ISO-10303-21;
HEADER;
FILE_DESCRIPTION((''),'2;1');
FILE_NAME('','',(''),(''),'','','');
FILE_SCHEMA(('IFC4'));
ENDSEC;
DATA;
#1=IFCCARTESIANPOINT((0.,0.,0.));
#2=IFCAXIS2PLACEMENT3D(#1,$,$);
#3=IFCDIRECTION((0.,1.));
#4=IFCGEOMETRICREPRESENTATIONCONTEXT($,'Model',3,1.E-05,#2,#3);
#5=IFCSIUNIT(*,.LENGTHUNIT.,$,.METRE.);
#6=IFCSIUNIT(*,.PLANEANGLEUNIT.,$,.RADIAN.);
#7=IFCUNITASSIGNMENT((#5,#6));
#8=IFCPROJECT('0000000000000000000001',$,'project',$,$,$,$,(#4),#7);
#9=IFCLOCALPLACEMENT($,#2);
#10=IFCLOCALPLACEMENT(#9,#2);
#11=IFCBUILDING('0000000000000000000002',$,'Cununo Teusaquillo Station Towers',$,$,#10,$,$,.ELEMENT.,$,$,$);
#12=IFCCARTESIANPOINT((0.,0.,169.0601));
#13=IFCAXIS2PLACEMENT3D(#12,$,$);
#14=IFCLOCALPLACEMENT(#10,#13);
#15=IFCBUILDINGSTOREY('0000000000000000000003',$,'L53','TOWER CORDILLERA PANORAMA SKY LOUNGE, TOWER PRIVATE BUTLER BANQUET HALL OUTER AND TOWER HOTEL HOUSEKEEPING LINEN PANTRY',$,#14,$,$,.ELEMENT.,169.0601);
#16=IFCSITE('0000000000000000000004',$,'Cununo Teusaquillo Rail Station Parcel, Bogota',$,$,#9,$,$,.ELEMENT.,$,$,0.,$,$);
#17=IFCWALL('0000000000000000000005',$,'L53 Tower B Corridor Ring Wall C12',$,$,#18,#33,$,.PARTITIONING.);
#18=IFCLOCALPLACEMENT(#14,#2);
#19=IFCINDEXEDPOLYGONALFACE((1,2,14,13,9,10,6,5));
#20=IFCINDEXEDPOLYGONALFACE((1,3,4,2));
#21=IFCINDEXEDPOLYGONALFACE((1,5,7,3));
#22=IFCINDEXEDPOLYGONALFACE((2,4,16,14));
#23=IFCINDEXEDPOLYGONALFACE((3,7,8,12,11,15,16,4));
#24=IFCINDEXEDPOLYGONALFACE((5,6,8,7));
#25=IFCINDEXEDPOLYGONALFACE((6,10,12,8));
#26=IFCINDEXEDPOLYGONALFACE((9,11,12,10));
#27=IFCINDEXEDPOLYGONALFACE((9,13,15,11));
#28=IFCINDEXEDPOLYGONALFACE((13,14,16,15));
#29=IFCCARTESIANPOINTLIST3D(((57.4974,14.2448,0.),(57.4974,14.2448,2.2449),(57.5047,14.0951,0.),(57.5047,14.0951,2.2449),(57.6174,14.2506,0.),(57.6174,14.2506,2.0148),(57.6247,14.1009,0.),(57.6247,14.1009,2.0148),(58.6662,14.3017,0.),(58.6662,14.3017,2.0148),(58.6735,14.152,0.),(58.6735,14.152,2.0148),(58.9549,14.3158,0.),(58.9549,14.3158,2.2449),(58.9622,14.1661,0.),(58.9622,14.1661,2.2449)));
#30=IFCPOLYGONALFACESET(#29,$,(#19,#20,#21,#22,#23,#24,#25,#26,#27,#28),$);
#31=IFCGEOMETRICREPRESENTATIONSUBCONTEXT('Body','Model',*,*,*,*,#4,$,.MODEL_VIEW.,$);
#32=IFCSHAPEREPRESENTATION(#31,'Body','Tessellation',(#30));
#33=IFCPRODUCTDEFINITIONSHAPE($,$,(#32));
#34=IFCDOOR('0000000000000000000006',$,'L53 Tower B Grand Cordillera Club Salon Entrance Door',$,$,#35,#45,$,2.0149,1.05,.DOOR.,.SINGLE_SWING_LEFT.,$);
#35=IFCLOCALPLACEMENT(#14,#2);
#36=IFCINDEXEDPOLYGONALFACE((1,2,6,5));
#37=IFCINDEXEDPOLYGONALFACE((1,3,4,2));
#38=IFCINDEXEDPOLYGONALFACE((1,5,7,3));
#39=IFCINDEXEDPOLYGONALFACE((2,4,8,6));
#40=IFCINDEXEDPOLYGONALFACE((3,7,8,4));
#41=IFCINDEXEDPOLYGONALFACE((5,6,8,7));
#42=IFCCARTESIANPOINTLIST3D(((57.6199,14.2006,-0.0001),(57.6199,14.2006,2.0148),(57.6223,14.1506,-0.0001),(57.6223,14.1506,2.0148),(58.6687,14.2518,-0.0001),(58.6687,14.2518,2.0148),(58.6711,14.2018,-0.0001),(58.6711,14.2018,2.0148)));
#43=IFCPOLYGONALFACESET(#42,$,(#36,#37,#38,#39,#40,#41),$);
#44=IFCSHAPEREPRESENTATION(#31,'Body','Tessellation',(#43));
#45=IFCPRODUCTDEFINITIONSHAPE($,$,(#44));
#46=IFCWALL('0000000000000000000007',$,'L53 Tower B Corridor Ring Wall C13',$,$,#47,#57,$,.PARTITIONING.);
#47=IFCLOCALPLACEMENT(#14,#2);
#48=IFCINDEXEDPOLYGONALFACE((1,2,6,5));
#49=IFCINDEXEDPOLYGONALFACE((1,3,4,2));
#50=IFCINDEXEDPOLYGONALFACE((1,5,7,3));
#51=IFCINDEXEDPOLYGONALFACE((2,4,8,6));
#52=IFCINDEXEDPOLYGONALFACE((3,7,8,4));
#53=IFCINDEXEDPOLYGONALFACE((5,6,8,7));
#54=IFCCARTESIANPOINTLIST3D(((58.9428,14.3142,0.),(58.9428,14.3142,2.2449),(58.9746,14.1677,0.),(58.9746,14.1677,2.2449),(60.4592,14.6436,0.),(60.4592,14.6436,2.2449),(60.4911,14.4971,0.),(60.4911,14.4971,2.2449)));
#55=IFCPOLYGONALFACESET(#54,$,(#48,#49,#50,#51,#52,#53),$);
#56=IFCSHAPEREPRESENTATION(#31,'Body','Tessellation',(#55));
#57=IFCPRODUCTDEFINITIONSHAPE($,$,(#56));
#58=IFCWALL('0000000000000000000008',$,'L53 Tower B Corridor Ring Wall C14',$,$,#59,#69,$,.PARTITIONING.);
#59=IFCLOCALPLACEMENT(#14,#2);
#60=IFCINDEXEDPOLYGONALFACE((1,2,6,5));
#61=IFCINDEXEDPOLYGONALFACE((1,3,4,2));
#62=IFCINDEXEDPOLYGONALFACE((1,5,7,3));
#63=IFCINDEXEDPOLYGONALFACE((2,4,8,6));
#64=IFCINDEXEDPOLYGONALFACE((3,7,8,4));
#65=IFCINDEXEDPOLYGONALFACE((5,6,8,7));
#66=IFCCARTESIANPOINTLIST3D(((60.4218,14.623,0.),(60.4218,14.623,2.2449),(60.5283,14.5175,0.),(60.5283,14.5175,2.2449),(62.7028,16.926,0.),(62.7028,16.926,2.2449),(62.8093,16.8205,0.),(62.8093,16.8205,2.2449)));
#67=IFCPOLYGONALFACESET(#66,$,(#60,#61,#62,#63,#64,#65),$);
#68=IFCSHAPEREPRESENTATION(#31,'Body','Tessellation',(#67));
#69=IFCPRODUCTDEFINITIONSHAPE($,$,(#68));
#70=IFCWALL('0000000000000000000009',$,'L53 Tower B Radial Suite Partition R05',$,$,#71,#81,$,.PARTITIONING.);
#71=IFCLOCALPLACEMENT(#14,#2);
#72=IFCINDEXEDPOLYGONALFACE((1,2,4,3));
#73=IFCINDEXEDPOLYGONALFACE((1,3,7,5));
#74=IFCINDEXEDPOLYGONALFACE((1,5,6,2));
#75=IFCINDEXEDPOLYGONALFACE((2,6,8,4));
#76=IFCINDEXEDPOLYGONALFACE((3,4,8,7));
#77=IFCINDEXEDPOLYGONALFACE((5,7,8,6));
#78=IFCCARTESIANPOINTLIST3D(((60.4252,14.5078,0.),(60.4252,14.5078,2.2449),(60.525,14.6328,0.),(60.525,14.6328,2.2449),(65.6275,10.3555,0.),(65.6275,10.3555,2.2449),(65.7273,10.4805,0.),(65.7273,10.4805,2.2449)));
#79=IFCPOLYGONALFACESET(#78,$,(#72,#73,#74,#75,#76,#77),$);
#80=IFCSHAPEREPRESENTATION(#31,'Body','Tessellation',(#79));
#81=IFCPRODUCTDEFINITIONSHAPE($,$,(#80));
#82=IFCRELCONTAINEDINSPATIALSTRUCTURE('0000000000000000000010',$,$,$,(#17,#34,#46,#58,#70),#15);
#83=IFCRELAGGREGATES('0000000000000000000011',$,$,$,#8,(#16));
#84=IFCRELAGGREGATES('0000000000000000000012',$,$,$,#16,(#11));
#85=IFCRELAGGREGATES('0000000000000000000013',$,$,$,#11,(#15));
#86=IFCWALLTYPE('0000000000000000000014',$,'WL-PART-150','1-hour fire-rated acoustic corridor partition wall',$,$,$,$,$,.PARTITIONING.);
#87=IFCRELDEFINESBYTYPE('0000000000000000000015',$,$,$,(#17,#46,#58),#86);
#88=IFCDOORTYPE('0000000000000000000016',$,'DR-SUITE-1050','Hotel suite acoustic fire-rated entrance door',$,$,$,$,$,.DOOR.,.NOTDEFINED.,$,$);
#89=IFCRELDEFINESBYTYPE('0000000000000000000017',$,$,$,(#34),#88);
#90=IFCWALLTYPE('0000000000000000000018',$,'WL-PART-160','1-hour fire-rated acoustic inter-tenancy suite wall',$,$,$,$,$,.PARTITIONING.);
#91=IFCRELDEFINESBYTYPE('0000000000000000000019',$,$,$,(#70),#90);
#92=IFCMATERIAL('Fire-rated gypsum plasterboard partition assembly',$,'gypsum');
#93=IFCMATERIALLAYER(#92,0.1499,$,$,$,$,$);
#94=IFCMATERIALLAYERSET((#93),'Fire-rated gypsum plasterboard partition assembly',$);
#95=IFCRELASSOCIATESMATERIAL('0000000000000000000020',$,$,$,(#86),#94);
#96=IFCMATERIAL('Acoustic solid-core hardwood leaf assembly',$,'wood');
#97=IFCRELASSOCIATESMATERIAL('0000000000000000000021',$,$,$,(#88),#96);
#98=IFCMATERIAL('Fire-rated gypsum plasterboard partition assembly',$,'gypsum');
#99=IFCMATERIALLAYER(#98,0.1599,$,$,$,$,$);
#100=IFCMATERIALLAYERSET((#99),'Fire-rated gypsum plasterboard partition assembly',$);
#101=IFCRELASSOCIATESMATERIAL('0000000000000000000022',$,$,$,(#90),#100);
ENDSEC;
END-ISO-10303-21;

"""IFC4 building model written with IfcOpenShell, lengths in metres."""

from ifc_helpers import new_model, si_unit, direction, frame, frame_2d, origin, place, context, subcontext, project, spatial, rectangle, extrude, source, transform, mapped, material, layer, layer_set, type_object, element, fill, save


model = new_model("IFC4")

# Units and contexts
model_context = context("Model", 3, precision=1e-05, world=origin(), true_north=direction((0.0, 1.0)))
body_context = subcontext(model_context, "Body", "Model", "MODEL_VIEW")
ifc_project = project(units=[si_unit("LENGTHUNIT", "METRE"), si_unit("PLANEANGLEUNIT", "RADIAN")], contexts=[model_context])

# Site, building, storey
site_placement = place(None, origin())
site = spatial("IfcSite", under=ifc_project, at=site_placement, Name="Cununo Teusaquillo Rail Station Parcel, Bogota", CompositionType="ELEMENT", RefElevation=0.0)
building_placement = place(site_placement, origin())
building = spatial("IfcBuilding", under=site, at=building_placement, Name="Cununo Teusaquillo Station Towers", CompositionType="ELEMENT")
storey_placement = place(building_placement, frame((0.0, 0.0, 169.0601)))
storey = spatial("IfcBuildingStorey", under=building, at=storey_placement, Name="L53", Description="TOWER CORDILLERA PANORAMA SKY LOUNGE, TOWER PRIVATE BUTLER BANQUET HALL OUTER AND TOWER HOTEL HOUSEKEEPING LINEN PANTRY", CompositionType="ELEMENT", Elevation=169.0601)

# Wall, opening, door
ifc_material_1 = material(Name="Fire-rated gypsum plasterboard partition assembly", Category="gypsum")
ifc_layer_1 = layer(ifc_material_1, 0.1499)
ifc_layer_set_1 = layer_set([ifc_layer_1], Name="Fire-rated gypsum plasterboard partition assembly")
wall_type_1 = type_object("IfcWallType", Name="WL-PART-150", Description="1-hour fire-rated acoustic corridor partition wall", PredefinedType="PARTITIONING", material=ifc_layer_set_1)
wall_1_placement = place(storey_placement, frame((57.5012, 14.1699, 0.0), z_axis=(0.0, 0.0, 1.0), x_axis=(0.998814, 0.048686, 0.0)))
wall_1 = element("IfcWall", 1, at=wall_1_placement, inside=storey, type_object=wall_type_1, Name="L53 Tower B Corridor Ring Wall C12", PredefinedType="PARTITIONING", context=body_context, shape_type="SweptSolid", body=[
    extrude(rectangle(XDim=1.4592, YDim=0.1499, at=frame_2d((0.7295, 0.0))), origin(), (0.0, 0.0, 1.0), 2.2449),
])
shared_shape_1 = source(origin(), body_context, "Body", "SweptSolid", [
    extrude(rectangle(XDim=1.05, YDim=2.0149, at=frame_2d((0.5249, 1.0073))), frame((0.0, 0.085, 0.0), z_axis=(0.0, -1.0, 0.0), x_axis=(1.0, 0.0, 0.0)), (0.0, 0.0, 1.0), 0.1699),
])
opening_1_placement = place(wall_1_placement, frame((0.1201, 0.0, 0.0)))
opening_1 = element("IfcOpeningElement", 2, at=opening_1_placement, cuts=wall_1, PredefinedType="OPENING", context=body_context, shape_type="MappedRepresentation", body=[
    mapped(shared_shape_1, transform((0.0, 0.0, 0.0), x_axis=(1.0, 0.0, 0.0), y_axis=(0.0, 1.0, 0.0), z_axis=(0.0, 0.0, 1.0), scale=1.0)),
])
ifc_material_2 = material(Name="Acoustic solid-core hardwood leaf assembly", Category="wood")
door_type_1 = type_object("IfcDoorType", Name="DR-SUITE-1050", Description="Hotel suite acoustic fire-rated entrance door", OperationType="NOTDEFINED", PredefinedType="DOOR", material=ifc_material_2)
shared_shape_2 = source(origin(), body_context, "Body", "SweptSolid", [
    extrude(rectangle(XDim=1.05, YDim=2.0149, at=frame_2d((0.5249, 1.0073))), frame((0.0, 0.0249, 0.0), z_axis=(0.0, -1.0, 0.0), x_axis=(1.0, 0.0, 0.0)), (0.0, 0.0, 1.0), 0.05),
])
door_1_placement = place(opening_1_placement, origin())
door_1 = element("IfcDoor", 3, at=door_1_placement, inside=storey, type_object=door_type_1, Name="L53 Tower B Grand Cordillera Club Salon Entrance Door", OperationType="SINGLE_SWING_LEFT", OverallHeight=2.0149, OverallWidth=1.05, PredefinedType="DOOR", context=body_context, shape_type="MappedRepresentation", body=[
    mapped(shared_shape_2, transform((0.0, 0.0, 0.0), x_axis=(1.0, 0.0, 0.0), y_axis=(0.0, 1.0, 0.0), z_axis=(0.0, 0.0, 1.0), scale=1.0)),
])
fill(opening_1, door_1)

# Walls
wall_2_placement = place(storey_placement, frame((58.9587, 14.241, 0.0), z_axis=(0.0, 0.0, 1.0), x_axis=(0.977216, 0.212247, 0.0)))
element("IfcWall", 4, at=wall_2_placement, inside=storey, type_object=wall_type_1, Name="L53 Tower B Corridor Ring Wall C13", PredefinedType="PARTITIONING", context=body_context, shape_type="SweptSolid", body=[
    extrude(rectangle(XDim=1.5518, YDim=0.1499, at=frame_2d((0.7759, 0.0))), origin(), (0.0, 0.0, 1.0), 2.2449),
])
wall_3_placement = place(storey_placement, frame((60.4751, 14.5703, 0.0), z_axis=(0.0, 0.0, 1.0), x_axis=(0.703709, 0.710488, 0.0)))
element("IfcWall", 5, at=wall_3_placement, inside=storey, type_object=wall_type_1, Name="L53 Tower B Corridor Ring Wall C14", PredefinedType="PARTITIONING", context=body_context, shape_type="SweptSolid", body=[
    extrude(rectangle(XDim=3.2415, YDim=0.1499, at=frame_2d((1.6206, 0.0))), origin(), (0.0, 0.0, 1.0), 2.2449),
])
ifc_material_3 = material(Name="Fire-rated gypsum plasterboard partition assembly", Category="gypsum")
ifc_layer_2 = layer(ifc_material_3, 0.1599)
ifc_layer_set_2 = layer_set([ifc_layer_2], Name="Fire-rated gypsum plasterboard partition assembly")
wall_type_2 = type_object("IfcWallType", Name="WL-PART-160", Description="1-hour fire-rated acoustic inter-tenancy suite wall", PredefinedType="PARTITIONING", material=ifc_layer_set_2)
wall_4_placement = place(storey_placement, frame((60.4751, 14.5703, 0.0), z_axis=(0.0, 0.0, 1.0), x_axis=(0.78157, -0.623818, 0.0)))
element("IfcWall", 6, at=wall_4_placement, inside=storey, type_object=wall_type_2, Name="L53 Tower B Radial Suite Partition R05", PredefinedType="PARTITIONING", context=body_context, shape_type="SweptSolid", body=[
    extrude(rectangle(XDim=6.6562, YDim=0.1599, at=frame_2d((3.3281, 0.0))), origin(), (0.0, 0.0, 1.0), 2.2449),
])

save(model, "model.ifc")
